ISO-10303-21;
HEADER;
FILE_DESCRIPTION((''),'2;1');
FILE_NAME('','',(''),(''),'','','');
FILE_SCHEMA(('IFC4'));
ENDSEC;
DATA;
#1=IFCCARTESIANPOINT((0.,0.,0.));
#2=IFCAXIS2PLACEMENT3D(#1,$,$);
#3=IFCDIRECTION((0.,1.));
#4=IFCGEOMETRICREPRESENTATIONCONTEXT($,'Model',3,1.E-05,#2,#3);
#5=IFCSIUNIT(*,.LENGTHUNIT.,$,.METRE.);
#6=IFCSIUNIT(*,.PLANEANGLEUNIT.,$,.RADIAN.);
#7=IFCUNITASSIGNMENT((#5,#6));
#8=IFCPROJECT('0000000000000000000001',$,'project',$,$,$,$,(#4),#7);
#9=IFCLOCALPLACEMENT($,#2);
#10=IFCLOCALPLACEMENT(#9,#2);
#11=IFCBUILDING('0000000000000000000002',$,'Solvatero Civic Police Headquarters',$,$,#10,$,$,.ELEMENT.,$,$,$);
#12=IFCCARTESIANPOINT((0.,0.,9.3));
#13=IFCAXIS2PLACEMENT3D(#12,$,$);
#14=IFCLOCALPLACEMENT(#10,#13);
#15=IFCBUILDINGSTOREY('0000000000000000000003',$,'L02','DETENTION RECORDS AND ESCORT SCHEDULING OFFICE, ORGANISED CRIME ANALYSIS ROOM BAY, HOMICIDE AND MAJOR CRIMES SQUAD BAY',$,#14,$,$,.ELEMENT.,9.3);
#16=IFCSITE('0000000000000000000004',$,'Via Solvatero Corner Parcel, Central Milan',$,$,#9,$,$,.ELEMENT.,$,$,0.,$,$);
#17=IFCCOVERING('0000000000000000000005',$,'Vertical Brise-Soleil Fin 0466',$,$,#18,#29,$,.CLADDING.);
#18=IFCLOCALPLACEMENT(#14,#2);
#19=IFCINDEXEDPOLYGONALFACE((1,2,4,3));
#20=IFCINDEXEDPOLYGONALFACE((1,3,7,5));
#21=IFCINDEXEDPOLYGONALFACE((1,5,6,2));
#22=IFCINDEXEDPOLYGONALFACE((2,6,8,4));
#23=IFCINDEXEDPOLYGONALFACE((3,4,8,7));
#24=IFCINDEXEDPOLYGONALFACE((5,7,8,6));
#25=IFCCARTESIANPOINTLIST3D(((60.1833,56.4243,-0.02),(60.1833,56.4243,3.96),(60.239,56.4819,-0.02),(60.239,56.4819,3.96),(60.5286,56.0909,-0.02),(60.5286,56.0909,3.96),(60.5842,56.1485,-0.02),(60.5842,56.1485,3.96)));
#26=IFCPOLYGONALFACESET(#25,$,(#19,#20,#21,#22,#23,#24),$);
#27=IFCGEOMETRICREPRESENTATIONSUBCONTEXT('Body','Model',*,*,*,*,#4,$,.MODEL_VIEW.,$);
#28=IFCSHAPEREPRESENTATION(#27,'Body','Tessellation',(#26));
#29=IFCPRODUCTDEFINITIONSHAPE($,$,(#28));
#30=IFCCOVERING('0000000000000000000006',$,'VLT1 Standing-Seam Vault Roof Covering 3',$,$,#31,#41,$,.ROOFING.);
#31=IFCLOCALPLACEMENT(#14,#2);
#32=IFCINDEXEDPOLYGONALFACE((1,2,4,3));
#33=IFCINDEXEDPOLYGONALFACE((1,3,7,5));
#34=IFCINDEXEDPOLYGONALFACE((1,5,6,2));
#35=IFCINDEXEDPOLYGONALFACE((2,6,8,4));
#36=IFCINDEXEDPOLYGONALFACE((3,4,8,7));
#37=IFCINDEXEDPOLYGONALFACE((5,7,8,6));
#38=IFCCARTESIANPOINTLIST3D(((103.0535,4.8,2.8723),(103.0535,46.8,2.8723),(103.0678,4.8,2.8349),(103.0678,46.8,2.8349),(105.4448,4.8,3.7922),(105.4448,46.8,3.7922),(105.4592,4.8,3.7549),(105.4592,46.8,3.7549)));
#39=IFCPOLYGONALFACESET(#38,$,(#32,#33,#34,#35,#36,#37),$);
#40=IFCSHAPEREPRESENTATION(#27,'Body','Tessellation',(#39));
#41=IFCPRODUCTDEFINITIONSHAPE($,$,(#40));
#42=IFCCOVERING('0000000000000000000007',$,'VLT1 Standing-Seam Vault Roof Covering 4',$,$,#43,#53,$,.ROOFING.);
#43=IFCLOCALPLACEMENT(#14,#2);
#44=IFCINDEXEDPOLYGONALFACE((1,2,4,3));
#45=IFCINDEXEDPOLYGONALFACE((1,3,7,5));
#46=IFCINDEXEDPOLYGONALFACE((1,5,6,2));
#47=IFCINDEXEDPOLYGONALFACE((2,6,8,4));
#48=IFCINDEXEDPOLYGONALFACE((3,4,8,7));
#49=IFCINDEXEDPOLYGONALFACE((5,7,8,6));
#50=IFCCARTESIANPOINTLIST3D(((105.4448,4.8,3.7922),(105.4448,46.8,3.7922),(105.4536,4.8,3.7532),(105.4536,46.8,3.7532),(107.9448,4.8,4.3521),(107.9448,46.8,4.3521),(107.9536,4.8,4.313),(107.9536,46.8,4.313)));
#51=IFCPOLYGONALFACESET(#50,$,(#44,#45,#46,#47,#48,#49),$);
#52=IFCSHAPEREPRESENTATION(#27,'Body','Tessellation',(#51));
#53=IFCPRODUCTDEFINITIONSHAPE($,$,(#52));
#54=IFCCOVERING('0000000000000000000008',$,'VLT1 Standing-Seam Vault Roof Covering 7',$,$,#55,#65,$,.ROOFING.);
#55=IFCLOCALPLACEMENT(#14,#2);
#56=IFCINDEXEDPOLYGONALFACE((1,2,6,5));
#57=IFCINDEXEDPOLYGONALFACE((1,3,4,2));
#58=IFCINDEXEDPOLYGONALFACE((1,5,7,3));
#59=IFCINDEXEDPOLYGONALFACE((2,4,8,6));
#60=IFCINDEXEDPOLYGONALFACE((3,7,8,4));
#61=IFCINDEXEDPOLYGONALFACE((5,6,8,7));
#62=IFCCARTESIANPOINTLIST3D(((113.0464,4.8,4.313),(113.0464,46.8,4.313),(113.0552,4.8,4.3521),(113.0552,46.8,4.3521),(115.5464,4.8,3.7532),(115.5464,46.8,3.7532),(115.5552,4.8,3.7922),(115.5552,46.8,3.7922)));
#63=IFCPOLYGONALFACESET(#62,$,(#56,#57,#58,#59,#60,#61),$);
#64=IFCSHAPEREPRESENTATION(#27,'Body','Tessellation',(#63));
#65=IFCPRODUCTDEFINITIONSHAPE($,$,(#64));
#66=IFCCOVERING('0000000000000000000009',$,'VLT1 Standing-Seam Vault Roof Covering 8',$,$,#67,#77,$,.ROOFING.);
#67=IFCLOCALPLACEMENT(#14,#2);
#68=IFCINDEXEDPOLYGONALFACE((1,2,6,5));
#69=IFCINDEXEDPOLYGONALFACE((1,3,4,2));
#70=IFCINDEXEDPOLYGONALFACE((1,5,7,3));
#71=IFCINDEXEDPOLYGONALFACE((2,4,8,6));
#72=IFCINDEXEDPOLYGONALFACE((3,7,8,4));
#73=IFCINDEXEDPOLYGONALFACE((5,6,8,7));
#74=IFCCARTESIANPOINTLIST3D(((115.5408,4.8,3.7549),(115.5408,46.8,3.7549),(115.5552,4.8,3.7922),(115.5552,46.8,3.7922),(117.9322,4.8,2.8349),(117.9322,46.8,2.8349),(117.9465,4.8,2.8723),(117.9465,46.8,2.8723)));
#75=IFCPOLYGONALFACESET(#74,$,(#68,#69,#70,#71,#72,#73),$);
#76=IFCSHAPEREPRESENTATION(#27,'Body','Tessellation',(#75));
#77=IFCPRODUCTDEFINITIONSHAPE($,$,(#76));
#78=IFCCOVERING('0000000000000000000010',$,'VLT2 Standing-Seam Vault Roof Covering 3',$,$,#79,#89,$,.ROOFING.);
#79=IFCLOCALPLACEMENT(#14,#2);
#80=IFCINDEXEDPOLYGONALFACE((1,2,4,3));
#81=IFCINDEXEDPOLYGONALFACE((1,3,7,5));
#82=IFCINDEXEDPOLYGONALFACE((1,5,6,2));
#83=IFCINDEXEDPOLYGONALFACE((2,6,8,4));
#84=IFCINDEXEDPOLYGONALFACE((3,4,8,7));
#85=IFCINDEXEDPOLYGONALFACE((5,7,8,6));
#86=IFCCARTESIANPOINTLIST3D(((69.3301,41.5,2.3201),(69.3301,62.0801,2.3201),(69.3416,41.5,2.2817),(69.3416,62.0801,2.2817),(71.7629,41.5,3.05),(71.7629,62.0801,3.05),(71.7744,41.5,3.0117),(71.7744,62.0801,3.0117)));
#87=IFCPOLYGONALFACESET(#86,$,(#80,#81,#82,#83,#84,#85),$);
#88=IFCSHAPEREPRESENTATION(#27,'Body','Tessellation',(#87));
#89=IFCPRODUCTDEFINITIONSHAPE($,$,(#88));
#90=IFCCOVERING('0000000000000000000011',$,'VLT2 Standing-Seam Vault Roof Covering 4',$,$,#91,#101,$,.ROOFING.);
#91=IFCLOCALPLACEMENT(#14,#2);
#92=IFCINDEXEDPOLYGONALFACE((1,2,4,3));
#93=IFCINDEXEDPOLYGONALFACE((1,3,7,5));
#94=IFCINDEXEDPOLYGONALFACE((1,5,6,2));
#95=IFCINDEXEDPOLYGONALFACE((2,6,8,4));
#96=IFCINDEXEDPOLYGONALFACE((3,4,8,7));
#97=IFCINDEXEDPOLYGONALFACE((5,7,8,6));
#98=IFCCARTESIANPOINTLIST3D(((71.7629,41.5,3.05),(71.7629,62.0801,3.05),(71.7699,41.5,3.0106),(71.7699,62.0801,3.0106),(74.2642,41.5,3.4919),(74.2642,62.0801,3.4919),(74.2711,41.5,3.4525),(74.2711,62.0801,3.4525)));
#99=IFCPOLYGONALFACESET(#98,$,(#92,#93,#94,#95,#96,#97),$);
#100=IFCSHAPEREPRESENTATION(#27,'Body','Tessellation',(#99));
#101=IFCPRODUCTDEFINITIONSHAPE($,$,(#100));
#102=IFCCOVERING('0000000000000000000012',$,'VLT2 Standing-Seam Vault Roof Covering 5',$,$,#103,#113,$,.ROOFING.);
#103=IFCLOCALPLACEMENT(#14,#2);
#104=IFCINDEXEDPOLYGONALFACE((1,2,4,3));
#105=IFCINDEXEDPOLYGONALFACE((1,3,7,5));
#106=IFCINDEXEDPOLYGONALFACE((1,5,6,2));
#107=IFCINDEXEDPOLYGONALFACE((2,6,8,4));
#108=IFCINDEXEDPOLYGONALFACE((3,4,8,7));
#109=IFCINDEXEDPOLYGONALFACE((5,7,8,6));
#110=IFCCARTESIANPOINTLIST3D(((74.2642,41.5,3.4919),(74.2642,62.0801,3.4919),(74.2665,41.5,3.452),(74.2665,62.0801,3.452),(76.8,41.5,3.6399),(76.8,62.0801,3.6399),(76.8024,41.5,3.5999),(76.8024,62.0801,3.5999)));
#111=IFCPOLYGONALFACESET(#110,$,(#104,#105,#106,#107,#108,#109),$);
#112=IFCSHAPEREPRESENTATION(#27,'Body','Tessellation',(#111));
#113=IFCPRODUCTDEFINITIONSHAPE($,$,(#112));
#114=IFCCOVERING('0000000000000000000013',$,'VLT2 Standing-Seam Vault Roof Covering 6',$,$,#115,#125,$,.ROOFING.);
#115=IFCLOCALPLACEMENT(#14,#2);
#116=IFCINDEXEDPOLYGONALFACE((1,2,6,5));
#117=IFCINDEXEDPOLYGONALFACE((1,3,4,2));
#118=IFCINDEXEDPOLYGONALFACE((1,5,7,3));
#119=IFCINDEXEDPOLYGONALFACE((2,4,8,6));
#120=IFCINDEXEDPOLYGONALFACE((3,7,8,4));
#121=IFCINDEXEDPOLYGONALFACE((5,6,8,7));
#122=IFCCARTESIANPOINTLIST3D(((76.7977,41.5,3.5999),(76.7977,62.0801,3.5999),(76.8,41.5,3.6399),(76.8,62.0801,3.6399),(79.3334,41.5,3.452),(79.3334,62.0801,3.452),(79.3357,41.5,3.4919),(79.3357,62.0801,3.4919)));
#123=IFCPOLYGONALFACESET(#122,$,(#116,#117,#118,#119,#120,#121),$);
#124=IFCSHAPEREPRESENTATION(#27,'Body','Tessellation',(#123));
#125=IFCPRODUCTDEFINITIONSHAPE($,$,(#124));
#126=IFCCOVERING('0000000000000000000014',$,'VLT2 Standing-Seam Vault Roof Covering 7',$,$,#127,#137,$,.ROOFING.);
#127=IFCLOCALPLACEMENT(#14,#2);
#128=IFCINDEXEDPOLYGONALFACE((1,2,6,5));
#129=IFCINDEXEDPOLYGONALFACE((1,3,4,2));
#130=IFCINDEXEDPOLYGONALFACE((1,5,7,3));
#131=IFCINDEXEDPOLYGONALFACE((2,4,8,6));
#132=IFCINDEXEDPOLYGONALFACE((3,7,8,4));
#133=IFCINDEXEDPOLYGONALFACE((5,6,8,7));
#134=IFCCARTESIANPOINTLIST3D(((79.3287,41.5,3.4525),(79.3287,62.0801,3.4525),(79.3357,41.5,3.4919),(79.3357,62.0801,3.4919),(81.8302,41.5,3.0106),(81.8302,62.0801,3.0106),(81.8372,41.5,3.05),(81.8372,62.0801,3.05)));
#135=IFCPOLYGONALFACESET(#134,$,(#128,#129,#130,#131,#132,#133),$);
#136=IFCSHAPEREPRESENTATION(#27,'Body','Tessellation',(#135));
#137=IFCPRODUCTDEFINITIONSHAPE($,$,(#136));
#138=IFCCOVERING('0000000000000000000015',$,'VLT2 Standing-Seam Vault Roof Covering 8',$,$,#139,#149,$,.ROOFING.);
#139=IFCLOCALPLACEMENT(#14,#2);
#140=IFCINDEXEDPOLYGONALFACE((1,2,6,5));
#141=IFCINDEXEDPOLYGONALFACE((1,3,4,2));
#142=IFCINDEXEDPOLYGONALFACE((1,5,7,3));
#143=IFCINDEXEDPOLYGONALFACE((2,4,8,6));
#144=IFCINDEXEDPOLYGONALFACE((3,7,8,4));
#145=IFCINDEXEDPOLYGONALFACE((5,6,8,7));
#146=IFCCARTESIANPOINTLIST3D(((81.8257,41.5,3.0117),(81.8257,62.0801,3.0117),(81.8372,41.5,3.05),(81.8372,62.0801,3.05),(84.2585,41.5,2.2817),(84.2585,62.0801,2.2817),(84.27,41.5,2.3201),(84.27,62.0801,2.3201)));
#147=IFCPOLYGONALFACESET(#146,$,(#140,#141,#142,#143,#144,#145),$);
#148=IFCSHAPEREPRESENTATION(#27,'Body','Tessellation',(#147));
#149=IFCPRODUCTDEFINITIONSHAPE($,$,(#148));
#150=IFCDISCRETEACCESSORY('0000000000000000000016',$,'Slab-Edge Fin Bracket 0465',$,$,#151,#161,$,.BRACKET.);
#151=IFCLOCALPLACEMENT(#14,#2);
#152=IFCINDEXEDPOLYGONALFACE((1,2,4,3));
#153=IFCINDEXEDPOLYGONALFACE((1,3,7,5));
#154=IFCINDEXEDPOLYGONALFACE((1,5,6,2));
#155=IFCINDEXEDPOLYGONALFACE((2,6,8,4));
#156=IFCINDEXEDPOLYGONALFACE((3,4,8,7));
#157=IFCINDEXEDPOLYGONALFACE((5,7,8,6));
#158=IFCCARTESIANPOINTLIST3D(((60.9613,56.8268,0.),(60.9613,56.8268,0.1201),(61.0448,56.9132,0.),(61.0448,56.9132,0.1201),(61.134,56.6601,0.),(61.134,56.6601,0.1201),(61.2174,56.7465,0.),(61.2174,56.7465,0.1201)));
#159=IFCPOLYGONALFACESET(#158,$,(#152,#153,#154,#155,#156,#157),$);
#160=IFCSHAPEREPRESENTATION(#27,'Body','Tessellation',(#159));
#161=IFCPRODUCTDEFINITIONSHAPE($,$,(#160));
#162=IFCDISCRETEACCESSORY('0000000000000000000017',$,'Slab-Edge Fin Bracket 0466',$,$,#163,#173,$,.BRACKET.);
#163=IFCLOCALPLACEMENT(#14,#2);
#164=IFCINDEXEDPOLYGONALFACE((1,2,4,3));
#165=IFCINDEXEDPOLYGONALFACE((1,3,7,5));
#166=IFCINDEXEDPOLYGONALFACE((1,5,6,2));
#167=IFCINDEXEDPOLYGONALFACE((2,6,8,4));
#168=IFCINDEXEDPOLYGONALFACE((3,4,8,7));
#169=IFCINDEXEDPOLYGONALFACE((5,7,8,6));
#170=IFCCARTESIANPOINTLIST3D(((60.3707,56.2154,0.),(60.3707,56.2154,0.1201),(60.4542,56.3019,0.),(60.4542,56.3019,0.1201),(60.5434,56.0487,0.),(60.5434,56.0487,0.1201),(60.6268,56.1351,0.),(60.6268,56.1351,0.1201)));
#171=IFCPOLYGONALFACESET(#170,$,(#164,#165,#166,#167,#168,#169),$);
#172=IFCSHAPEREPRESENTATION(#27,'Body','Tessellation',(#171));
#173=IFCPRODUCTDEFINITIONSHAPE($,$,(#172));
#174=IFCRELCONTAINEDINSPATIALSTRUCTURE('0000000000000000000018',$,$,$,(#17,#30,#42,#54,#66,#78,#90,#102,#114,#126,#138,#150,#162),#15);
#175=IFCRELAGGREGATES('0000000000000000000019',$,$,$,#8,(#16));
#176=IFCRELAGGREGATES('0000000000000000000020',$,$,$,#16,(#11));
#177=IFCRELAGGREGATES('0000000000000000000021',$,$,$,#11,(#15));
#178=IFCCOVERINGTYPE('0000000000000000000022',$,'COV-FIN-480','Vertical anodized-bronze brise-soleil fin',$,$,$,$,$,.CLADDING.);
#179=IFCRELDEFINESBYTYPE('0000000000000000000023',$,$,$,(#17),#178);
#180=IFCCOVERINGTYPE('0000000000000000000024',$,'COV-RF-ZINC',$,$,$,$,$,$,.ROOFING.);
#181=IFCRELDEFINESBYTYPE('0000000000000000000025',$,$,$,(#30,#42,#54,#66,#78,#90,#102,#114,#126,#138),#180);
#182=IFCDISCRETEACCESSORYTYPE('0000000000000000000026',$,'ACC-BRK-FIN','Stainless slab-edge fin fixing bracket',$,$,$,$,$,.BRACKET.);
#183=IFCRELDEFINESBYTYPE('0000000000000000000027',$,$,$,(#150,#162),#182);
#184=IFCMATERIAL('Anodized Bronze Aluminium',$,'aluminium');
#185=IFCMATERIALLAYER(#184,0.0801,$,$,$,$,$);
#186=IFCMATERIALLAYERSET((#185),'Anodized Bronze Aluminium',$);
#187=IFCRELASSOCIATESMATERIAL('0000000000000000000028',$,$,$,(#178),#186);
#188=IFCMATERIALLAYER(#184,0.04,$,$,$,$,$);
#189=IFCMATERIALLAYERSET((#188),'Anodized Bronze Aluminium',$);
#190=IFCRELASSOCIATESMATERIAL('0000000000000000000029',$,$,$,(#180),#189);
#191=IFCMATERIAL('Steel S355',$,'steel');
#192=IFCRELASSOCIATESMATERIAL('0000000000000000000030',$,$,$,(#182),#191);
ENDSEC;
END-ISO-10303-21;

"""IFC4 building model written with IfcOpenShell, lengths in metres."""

from ifc_helpers import new_model, si_unit, direction, frame, origin, origin_2d, place, context, subcontext, project, spatial, polyline, rectangle, outline, extrude, material, layer, layer_set, type_object, element, save


model = new_model("IFC4")

# Units and contexts
model_context = context("Model", 3, precision=1e-05, world=origin(), true_north=direction((0.0, 1.0)))
body_context = subcontext(model_context, "Body", "Model", "MODEL_VIEW")
ifc_project = project(units=[si_unit("LENGTHUNIT", "METRE"), si_unit("PLANEANGLEUNIT", "RADIAN")], contexts=[model_context])

# Site, building, storey
site_placement = place(None, origin())
site = spatial("IfcSite", under=ifc_project, at=site_placement, Name="Via Solvatero Corner Parcel, Central Milan", CompositionType="ELEMENT", RefElevation=0.0)
building_placement = place(site_placement, origin())
building = spatial("IfcBuilding", under=site, at=building_placement, Name="Solvatero Civic Police Headquarters", CompositionType="ELEMENT")
storey_placement = place(building_placement, frame((0.0, 0.0, 9.3)))
storey = spatial("IfcBuildingStorey", under=building, at=storey_placement, Name="L02", Description="DETENTION RECORDS AND ESCORT SCHEDULING OFFICE, ORGANISED CRIME ANALYSIS ROOM BAY, HOMICIDE AND MAJOR CRIMES SQUAD BAY", CompositionType="ELEMENT", Elevation=9.3)

# Shared definitions
ifc_material_1 = material(Name="Anodized Bronze Aluminium", Category="aluminium")

# Coverings
ifc_layer_1 = layer(ifc_material_1, 0.0801)
ifc_layer_set_1 = layer_set([ifc_layer_1], Name="Anodized Bronze Aluminium")
covering_type_1 = type_object("IfcCoveringType", Name="COV-FIN-480", Description="Vertical anodized-bronze brise-soleil fin", PredefinedType="CLADDING", material=ifc_layer_set_1)
for number, where, z_axis, x_axis, name in (
    (1, (60.3838, 56.2864, -0.02), (0.0, 0.0, 1.0), (-0.694658, -0.71934, 0.0), "Vertical Brise-Soleil Fin 0466"),
):
    element("IfcCovering", number, at=place(storey_placement, frame(where, z_axis=z_axis, x_axis=x_axis)), inside=storey, type_object=covering_type_1, Name=name, PredefinedType="CLADDING", context=body_context, shape_type="SweptSolid", body=[
        extrude(rectangle(XDim=0.0801, YDim=0.48, at=origin_2d()), origin(), (0.0, 0.0, 1.0), 3.98),
    ])
ifc_layer_2 = layer(ifc_material_1, 0.04)
ifc_layer_set_2 = layer_set([ifc_layer_2], Name="Anodized Bronze Aluminium")
covering_type_2 = type_object("IfcCoveringType", Name="COV-RF-ZINC", PredefinedType="ROOFING", material=ifc_layer_set_2)
covering_1_placement = place(storey_placement, frame((103.0535, 4.8, 2.8723), z_axis=(-0.359037, 0.0, 0.933324), x_axis=(0.933324, 0.0, 0.359037)))
element("IfcCovering", 2, at=covering_1_placement, inside=storey, type_object=covering_type_2, Name="VLT1 Standing-Seam Vault Roof Covering 3", PredefinedType="ROOFING", context=body_context, shape_type="SweptSolid", body=[
    extrude(outline(polyline([(0.0, 0.0), (2.5622, 0.0), (2.5622, 42.0), (0.0, 42.0), (0.0, 0.0)])), origin(), (0.0, 0.0, -1.0), 0.04),
])
for number, where, z_axis, x_axis, name in (
    (3, (105.4448, 4.8, 3.7922), (-0.218514, 0.0, 0.975834), (0.975834, 0.0, 0.218514), "VLT1 Standing-Seam Vault Roof Covering 4"),
    (4, (113.0552, 4.8, 4.3521), (0.218514, 0.0, 0.975834), (0.975834, 0.0, -0.218514), "VLT1 Standing-Seam Vault Roof Covering 7"),
):
    element("IfcCovering", number, at=place(storey_placement, frame(where, z_axis=z_axis, x_axis=x_axis)), inside=storey, type_object=covering_type_2, Name=name, PredefinedType="ROOFING", context=body_context, shape_type="SweptSolid", body=[
        extrude(outline(polyline([(0.0, 0.0), (2.5619, 0.0), (2.5619, 42.0), (0.0, 42.0), (0.0, 0.0)])), origin(), (0.0, 0.0, -1.0), 0.04),
    ])
covering_2_placement = place(storey_placement, frame((115.5552, 4.8, 3.7922), z_axis=(0.359037, 0.0, 0.933324), x_axis=(0.933324, 0.0, -0.359037)))
element("IfcCovering", 5, at=covering_2_placement, inside=storey, type_object=covering_type_2, Name="VLT1 Standing-Seam Vault Roof Covering 8", PredefinedType="ROOFING", context=body_context, shape_type="SweptSolid", body=[
    extrude(outline(polyline([(0.0, 0.0), (2.5622, 0.0), (2.5622, 42.0), (0.0, 42.0), (0.0, 0.0)])), origin(), (0.0, 0.0, -1.0), 0.04),
])
covering_3_placement = place(storey_placement, frame((69.3301, 41.5, 2.3201), z_axis=(-0.287392, 0.0, 0.957813), x_axis=(0.957813, 0.0, 0.287392)))
element("IfcCovering", 6, at=covering_3_placement, inside=storey, type_object=covering_type_2, Name="VLT2 Standing-Seam Vault Roof Covering 3", PredefinedType="ROOFING", context=body_context, shape_type="SweptSolid", body=[
    extrude(outline(polyline([(0.0, 0.0), (2.54, 0.0), (2.54, 20.5801), (0.0, 20.5801), (0.0, 0.0)])), origin(), (0.0, 0.0, -1.0), 0.04),
])
covering_4_placement = place(storey_placement, frame((71.7629, 41.5, 3.05), z_axis=(-0.173977, 0.0, 0.98475), x_axis=(0.98475, 0.0, 0.173977)))
element("IfcCovering", 7, at=covering_4_placement, inside=storey, type_object=covering_type_2, Name="VLT2 Standing-Seam Vault Roof Covering 4", PredefinedType="ROOFING", context=body_context, shape_type="SweptSolid", body=[
    extrude(outline(polyline([(0.0, 0.0), (2.54, 0.0), (2.54, 20.5801), (0.0, 20.5801), (0.0, 0.0)])), origin(), (0.0, 0.0, -1.0), 0.04),
])
covering_5_placement = place(storey_placement, frame((74.2642, 41.5, 3.4919), z_axis=(-0.058243, 0.0, 0.998302), x_axis=(0.998302, 0.0, 0.058243)))
element("IfcCovering", 8, at=covering_5_placement, inside=storey, type_object=covering_type_2, Name="VLT2 Standing-Seam Vault Roof Covering 5", PredefinedType="ROOFING", context=body_context, shape_type="SweptSolid", body=[
    extrude(outline(polyline([(0.0, 0.0), (2.5402, 0.0), (2.5402, 20.5801), (0.0, 20.5801), (0.0, 0.0)])), origin(), (0.0, 0.0, -1.0), 0.04),
])
covering_6_placement = place(storey_placement, frame((76.8, 41.5, 3.6399), z_axis=(0.058249, 0.0, 0.998302), x_axis=(0.998302, 0.0, -0.058249)))
element("IfcCovering", 9, at=covering_6_placement, inside=storey, type_object=covering_type_2, Name="VLT2 Standing-Seam Vault Roof Covering 6", PredefinedType="ROOFING", context=body_context, shape_type="SweptSolid", body=[
    extrude(outline(polyline([(0.0, 0.0), (2.54, 0.0), (2.54, 20.5801), (0.0, 20.5801), (0.0, 0.0)])), origin(), (0.0, 0.0, -1.0), 0.04),
])
covering_7_placement = place(storey_placement, frame((79.3357, 41.5, 3.4919), z_axis=(0.173961, 0.0, 0.984753), x_axis=(0.984753, 0.0, -0.173961)))
element("IfcCovering", 10, at=covering_7_placement, inside=storey, type_object=covering_type_2, Name="VLT2 Standing-Seam Vault Roof Covering 7", PredefinedType="ROOFING", context=body_context, shape_type="SweptSolid", body=[
    extrude(outline(polyline([(0.0, 0.0), (2.5402, 0.0), (2.5402, 20.5801), (0.0, 20.5801), (0.0, 0.0)])), origin(), (0.0, 0.0, -1.0), 0.04),
])
covering_8_placement = place(storey_placement, frame((81.8372, 41.5, 3.05), z_axis=(0.287392, 0.0, 0.957813), x_axis=(0.957813, 0.0, -0.287392)))
element("IfcCovering", 11, at=covering_8_placement, inside=storey, type_object=covering_type_2, Name="VLT2 Standing-Seam Vault Roof Covering 8", PredefinedType="ROOFING", context=body_context, shape_type="SweptSolid", body=[
    extrude(outline(polyline([(0.0, 0.0), (2.54, 0.0), (2.54, 20.5801), (0.0, 20.5801), (0.0, 0.0)])), origin(), (0.0, 0.0, -1.0), 0.04),
])

# Discrete accessories
ifc_material_2 = material(Name="Steel S355", Category="steel")
discrete_accessory_type = type_object("IfcDiscreteAccessoryType", Name="ACC-BRK-FIN", Description="Stainless slab-edge fin fixing bracket", PredefinedType="BRACKET", material=ifc_material_2)
for number, where, z_axis, x_axis, name in (
    (12, (61.0894, 56.7866, 0.0), (0.0, 0.0, 1.0), (-0.694658, -0.71934, 0.0), "Slab-Edge Fin Bracket 0465"),
    (13, (60.4988, 56.1753, 0.0), (0.0, 0.0, 1.0), (-0.694658, -0.71934, 0.0), "Slab-Edge Fin Bracket 0466"),
):
    element("IfcDiscreteAccessory", number, at=place(storey_placement, frame(where, z_axis=z_axis, x_axis=x_axis)), inside=storey, type_object=discrete_accessory_type, Name=name, PredefinedType="BRACKET", context=body_context, shape_type="SweptSolid", body=[
        extrude(rectangle(XDim=0.1201, YDim=0.24, at=origin_2d()), origin(), (0.0, 0.0, 1.0), 0.1201),
    ])

save(model, "model.ifc")
